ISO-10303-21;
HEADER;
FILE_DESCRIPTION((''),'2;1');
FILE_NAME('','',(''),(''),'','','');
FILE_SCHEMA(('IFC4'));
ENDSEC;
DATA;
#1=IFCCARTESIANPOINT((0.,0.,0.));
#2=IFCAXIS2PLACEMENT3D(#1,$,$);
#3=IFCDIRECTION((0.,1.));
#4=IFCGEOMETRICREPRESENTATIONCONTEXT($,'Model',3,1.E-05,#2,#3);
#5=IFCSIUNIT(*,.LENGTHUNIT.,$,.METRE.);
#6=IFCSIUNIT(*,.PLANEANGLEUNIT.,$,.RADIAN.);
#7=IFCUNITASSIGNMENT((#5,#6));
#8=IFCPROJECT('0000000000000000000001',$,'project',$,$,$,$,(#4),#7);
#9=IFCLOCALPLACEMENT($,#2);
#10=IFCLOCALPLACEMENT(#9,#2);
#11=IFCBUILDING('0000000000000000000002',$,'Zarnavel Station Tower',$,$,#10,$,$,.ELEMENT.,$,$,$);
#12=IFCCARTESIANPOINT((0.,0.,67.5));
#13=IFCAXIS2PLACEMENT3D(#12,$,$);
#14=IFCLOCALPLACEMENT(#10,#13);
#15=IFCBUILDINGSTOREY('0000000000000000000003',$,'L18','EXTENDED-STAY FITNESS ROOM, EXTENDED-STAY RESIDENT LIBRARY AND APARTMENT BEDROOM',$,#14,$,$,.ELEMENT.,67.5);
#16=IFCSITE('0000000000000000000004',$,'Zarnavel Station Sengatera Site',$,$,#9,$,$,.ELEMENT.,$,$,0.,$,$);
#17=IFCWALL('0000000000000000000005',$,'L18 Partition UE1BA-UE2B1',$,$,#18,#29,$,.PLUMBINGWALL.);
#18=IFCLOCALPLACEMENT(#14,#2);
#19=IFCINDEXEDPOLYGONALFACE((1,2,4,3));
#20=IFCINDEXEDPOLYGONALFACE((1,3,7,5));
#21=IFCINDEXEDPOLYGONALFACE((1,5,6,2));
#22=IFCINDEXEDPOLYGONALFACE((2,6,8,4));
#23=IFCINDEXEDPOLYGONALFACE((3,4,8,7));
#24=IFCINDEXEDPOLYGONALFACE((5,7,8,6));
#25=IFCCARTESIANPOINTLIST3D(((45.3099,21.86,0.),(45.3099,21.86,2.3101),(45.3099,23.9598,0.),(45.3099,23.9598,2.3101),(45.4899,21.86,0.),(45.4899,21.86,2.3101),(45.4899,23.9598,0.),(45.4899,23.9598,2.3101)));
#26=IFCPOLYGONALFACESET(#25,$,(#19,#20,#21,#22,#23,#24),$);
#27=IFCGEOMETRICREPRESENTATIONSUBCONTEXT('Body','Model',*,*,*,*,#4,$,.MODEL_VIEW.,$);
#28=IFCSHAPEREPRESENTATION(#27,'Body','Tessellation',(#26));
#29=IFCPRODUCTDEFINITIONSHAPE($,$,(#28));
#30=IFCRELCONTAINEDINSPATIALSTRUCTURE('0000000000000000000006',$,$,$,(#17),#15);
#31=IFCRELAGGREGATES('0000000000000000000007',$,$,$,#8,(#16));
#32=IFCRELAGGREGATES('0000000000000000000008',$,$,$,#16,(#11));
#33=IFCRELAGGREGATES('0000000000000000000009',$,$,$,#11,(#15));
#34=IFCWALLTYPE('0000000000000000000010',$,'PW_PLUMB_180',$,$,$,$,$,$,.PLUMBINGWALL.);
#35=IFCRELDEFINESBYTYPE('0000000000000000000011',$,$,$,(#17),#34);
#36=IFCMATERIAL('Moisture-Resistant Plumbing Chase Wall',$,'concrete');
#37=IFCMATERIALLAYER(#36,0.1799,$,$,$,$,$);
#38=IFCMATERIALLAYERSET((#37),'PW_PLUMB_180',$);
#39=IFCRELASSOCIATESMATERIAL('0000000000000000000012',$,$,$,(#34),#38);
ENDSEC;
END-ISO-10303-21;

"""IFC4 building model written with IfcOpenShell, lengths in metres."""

from ifc_helpers import new_model, si_unit, direction, frame, frame_2d, origin, place, context, subcontext, project, spatial, rectangle, extrude, material, layer, layer_set, type_object, element, save


model = new_model("IFC4")

# Units and contexts
model_context = context("Model", 3, precision=1e-05, world=origin(), true_north=direction((0.0, 1.0)))
body_context = subcontext(model_context, "Body", "Model", "MODEL_VIEW")
ifc_project = project(units=[si_unit("LENGTHUNIT", "METRE"), si_unit("PLANEANGLEUNIT", "RADIAN")], contexts=[model_context])

# Site, building, storey
site_placement = place(None, origin())
site = spatial("IfcSite", under=ifc_project, at=site_placement, Name="Zarnavel Station Sengatera Site", CompositionType="ELEMENT", RefElevation=0.0)
building_placement = place(site_placement, origin())
building = spatial("IfcBuilding", under=site, at=building_placement, Name="Zarnavel Station Tower", CompositionType="ELEMENT")
storey_placement = place(building_placement, frame((0.0, 0.0, 67.5)))
storey = spatial("IfcBuildingStorey", under=building, at=storey_placement, Name="L18", Description="EXTENDED-STAY FITNESS ROOM, EXTENDED-STAY RESIDENT LIBRARY AND APARTMENT BEDROOM", CompositionType="ELEMENT", Elevation=67.5)

# Shared definitions
ifc_material_1 = material(Name="Moisture-Resistant Plumbing Chase Wall", Category="concrete")
ifc_layer_1 = layer(ifc_material_1, 0.1799)
ifc_layer_set_1 = layer_set([ifc_layer_1], Name="PW_PLUMB_180")
wall_type_1 = type_object("IfcWallType", Name="PW_PLUMB_180", PredefinedType="PLUMBINGWALL", material=ifc_layer_set_1)

# Wall
wall_1_placement = place(storey_placement, frame((45.3999, 21.8601, 0.0), z_axis=(0.0, 0.0, 1.0), x_axis=(0.0, 1.0, 0.0)))
element("IfcWall", 1, at=wall_1_placement, inside=storey, type_object=wall_type_1, Name="L18 Partition UE1BA-UE2B1", PredefinedType="PLUMBINGWALL", context=body_context, shape_type="SweptSolid", body=[
    extrude(rectangle(XDim=2.0999, YDim=0.1799, at=frame_2d((1.0498, 0.0))), origin(), (0.0, 0.0, 1.0), 2.3101),
])

save(model, "model.ifc")
